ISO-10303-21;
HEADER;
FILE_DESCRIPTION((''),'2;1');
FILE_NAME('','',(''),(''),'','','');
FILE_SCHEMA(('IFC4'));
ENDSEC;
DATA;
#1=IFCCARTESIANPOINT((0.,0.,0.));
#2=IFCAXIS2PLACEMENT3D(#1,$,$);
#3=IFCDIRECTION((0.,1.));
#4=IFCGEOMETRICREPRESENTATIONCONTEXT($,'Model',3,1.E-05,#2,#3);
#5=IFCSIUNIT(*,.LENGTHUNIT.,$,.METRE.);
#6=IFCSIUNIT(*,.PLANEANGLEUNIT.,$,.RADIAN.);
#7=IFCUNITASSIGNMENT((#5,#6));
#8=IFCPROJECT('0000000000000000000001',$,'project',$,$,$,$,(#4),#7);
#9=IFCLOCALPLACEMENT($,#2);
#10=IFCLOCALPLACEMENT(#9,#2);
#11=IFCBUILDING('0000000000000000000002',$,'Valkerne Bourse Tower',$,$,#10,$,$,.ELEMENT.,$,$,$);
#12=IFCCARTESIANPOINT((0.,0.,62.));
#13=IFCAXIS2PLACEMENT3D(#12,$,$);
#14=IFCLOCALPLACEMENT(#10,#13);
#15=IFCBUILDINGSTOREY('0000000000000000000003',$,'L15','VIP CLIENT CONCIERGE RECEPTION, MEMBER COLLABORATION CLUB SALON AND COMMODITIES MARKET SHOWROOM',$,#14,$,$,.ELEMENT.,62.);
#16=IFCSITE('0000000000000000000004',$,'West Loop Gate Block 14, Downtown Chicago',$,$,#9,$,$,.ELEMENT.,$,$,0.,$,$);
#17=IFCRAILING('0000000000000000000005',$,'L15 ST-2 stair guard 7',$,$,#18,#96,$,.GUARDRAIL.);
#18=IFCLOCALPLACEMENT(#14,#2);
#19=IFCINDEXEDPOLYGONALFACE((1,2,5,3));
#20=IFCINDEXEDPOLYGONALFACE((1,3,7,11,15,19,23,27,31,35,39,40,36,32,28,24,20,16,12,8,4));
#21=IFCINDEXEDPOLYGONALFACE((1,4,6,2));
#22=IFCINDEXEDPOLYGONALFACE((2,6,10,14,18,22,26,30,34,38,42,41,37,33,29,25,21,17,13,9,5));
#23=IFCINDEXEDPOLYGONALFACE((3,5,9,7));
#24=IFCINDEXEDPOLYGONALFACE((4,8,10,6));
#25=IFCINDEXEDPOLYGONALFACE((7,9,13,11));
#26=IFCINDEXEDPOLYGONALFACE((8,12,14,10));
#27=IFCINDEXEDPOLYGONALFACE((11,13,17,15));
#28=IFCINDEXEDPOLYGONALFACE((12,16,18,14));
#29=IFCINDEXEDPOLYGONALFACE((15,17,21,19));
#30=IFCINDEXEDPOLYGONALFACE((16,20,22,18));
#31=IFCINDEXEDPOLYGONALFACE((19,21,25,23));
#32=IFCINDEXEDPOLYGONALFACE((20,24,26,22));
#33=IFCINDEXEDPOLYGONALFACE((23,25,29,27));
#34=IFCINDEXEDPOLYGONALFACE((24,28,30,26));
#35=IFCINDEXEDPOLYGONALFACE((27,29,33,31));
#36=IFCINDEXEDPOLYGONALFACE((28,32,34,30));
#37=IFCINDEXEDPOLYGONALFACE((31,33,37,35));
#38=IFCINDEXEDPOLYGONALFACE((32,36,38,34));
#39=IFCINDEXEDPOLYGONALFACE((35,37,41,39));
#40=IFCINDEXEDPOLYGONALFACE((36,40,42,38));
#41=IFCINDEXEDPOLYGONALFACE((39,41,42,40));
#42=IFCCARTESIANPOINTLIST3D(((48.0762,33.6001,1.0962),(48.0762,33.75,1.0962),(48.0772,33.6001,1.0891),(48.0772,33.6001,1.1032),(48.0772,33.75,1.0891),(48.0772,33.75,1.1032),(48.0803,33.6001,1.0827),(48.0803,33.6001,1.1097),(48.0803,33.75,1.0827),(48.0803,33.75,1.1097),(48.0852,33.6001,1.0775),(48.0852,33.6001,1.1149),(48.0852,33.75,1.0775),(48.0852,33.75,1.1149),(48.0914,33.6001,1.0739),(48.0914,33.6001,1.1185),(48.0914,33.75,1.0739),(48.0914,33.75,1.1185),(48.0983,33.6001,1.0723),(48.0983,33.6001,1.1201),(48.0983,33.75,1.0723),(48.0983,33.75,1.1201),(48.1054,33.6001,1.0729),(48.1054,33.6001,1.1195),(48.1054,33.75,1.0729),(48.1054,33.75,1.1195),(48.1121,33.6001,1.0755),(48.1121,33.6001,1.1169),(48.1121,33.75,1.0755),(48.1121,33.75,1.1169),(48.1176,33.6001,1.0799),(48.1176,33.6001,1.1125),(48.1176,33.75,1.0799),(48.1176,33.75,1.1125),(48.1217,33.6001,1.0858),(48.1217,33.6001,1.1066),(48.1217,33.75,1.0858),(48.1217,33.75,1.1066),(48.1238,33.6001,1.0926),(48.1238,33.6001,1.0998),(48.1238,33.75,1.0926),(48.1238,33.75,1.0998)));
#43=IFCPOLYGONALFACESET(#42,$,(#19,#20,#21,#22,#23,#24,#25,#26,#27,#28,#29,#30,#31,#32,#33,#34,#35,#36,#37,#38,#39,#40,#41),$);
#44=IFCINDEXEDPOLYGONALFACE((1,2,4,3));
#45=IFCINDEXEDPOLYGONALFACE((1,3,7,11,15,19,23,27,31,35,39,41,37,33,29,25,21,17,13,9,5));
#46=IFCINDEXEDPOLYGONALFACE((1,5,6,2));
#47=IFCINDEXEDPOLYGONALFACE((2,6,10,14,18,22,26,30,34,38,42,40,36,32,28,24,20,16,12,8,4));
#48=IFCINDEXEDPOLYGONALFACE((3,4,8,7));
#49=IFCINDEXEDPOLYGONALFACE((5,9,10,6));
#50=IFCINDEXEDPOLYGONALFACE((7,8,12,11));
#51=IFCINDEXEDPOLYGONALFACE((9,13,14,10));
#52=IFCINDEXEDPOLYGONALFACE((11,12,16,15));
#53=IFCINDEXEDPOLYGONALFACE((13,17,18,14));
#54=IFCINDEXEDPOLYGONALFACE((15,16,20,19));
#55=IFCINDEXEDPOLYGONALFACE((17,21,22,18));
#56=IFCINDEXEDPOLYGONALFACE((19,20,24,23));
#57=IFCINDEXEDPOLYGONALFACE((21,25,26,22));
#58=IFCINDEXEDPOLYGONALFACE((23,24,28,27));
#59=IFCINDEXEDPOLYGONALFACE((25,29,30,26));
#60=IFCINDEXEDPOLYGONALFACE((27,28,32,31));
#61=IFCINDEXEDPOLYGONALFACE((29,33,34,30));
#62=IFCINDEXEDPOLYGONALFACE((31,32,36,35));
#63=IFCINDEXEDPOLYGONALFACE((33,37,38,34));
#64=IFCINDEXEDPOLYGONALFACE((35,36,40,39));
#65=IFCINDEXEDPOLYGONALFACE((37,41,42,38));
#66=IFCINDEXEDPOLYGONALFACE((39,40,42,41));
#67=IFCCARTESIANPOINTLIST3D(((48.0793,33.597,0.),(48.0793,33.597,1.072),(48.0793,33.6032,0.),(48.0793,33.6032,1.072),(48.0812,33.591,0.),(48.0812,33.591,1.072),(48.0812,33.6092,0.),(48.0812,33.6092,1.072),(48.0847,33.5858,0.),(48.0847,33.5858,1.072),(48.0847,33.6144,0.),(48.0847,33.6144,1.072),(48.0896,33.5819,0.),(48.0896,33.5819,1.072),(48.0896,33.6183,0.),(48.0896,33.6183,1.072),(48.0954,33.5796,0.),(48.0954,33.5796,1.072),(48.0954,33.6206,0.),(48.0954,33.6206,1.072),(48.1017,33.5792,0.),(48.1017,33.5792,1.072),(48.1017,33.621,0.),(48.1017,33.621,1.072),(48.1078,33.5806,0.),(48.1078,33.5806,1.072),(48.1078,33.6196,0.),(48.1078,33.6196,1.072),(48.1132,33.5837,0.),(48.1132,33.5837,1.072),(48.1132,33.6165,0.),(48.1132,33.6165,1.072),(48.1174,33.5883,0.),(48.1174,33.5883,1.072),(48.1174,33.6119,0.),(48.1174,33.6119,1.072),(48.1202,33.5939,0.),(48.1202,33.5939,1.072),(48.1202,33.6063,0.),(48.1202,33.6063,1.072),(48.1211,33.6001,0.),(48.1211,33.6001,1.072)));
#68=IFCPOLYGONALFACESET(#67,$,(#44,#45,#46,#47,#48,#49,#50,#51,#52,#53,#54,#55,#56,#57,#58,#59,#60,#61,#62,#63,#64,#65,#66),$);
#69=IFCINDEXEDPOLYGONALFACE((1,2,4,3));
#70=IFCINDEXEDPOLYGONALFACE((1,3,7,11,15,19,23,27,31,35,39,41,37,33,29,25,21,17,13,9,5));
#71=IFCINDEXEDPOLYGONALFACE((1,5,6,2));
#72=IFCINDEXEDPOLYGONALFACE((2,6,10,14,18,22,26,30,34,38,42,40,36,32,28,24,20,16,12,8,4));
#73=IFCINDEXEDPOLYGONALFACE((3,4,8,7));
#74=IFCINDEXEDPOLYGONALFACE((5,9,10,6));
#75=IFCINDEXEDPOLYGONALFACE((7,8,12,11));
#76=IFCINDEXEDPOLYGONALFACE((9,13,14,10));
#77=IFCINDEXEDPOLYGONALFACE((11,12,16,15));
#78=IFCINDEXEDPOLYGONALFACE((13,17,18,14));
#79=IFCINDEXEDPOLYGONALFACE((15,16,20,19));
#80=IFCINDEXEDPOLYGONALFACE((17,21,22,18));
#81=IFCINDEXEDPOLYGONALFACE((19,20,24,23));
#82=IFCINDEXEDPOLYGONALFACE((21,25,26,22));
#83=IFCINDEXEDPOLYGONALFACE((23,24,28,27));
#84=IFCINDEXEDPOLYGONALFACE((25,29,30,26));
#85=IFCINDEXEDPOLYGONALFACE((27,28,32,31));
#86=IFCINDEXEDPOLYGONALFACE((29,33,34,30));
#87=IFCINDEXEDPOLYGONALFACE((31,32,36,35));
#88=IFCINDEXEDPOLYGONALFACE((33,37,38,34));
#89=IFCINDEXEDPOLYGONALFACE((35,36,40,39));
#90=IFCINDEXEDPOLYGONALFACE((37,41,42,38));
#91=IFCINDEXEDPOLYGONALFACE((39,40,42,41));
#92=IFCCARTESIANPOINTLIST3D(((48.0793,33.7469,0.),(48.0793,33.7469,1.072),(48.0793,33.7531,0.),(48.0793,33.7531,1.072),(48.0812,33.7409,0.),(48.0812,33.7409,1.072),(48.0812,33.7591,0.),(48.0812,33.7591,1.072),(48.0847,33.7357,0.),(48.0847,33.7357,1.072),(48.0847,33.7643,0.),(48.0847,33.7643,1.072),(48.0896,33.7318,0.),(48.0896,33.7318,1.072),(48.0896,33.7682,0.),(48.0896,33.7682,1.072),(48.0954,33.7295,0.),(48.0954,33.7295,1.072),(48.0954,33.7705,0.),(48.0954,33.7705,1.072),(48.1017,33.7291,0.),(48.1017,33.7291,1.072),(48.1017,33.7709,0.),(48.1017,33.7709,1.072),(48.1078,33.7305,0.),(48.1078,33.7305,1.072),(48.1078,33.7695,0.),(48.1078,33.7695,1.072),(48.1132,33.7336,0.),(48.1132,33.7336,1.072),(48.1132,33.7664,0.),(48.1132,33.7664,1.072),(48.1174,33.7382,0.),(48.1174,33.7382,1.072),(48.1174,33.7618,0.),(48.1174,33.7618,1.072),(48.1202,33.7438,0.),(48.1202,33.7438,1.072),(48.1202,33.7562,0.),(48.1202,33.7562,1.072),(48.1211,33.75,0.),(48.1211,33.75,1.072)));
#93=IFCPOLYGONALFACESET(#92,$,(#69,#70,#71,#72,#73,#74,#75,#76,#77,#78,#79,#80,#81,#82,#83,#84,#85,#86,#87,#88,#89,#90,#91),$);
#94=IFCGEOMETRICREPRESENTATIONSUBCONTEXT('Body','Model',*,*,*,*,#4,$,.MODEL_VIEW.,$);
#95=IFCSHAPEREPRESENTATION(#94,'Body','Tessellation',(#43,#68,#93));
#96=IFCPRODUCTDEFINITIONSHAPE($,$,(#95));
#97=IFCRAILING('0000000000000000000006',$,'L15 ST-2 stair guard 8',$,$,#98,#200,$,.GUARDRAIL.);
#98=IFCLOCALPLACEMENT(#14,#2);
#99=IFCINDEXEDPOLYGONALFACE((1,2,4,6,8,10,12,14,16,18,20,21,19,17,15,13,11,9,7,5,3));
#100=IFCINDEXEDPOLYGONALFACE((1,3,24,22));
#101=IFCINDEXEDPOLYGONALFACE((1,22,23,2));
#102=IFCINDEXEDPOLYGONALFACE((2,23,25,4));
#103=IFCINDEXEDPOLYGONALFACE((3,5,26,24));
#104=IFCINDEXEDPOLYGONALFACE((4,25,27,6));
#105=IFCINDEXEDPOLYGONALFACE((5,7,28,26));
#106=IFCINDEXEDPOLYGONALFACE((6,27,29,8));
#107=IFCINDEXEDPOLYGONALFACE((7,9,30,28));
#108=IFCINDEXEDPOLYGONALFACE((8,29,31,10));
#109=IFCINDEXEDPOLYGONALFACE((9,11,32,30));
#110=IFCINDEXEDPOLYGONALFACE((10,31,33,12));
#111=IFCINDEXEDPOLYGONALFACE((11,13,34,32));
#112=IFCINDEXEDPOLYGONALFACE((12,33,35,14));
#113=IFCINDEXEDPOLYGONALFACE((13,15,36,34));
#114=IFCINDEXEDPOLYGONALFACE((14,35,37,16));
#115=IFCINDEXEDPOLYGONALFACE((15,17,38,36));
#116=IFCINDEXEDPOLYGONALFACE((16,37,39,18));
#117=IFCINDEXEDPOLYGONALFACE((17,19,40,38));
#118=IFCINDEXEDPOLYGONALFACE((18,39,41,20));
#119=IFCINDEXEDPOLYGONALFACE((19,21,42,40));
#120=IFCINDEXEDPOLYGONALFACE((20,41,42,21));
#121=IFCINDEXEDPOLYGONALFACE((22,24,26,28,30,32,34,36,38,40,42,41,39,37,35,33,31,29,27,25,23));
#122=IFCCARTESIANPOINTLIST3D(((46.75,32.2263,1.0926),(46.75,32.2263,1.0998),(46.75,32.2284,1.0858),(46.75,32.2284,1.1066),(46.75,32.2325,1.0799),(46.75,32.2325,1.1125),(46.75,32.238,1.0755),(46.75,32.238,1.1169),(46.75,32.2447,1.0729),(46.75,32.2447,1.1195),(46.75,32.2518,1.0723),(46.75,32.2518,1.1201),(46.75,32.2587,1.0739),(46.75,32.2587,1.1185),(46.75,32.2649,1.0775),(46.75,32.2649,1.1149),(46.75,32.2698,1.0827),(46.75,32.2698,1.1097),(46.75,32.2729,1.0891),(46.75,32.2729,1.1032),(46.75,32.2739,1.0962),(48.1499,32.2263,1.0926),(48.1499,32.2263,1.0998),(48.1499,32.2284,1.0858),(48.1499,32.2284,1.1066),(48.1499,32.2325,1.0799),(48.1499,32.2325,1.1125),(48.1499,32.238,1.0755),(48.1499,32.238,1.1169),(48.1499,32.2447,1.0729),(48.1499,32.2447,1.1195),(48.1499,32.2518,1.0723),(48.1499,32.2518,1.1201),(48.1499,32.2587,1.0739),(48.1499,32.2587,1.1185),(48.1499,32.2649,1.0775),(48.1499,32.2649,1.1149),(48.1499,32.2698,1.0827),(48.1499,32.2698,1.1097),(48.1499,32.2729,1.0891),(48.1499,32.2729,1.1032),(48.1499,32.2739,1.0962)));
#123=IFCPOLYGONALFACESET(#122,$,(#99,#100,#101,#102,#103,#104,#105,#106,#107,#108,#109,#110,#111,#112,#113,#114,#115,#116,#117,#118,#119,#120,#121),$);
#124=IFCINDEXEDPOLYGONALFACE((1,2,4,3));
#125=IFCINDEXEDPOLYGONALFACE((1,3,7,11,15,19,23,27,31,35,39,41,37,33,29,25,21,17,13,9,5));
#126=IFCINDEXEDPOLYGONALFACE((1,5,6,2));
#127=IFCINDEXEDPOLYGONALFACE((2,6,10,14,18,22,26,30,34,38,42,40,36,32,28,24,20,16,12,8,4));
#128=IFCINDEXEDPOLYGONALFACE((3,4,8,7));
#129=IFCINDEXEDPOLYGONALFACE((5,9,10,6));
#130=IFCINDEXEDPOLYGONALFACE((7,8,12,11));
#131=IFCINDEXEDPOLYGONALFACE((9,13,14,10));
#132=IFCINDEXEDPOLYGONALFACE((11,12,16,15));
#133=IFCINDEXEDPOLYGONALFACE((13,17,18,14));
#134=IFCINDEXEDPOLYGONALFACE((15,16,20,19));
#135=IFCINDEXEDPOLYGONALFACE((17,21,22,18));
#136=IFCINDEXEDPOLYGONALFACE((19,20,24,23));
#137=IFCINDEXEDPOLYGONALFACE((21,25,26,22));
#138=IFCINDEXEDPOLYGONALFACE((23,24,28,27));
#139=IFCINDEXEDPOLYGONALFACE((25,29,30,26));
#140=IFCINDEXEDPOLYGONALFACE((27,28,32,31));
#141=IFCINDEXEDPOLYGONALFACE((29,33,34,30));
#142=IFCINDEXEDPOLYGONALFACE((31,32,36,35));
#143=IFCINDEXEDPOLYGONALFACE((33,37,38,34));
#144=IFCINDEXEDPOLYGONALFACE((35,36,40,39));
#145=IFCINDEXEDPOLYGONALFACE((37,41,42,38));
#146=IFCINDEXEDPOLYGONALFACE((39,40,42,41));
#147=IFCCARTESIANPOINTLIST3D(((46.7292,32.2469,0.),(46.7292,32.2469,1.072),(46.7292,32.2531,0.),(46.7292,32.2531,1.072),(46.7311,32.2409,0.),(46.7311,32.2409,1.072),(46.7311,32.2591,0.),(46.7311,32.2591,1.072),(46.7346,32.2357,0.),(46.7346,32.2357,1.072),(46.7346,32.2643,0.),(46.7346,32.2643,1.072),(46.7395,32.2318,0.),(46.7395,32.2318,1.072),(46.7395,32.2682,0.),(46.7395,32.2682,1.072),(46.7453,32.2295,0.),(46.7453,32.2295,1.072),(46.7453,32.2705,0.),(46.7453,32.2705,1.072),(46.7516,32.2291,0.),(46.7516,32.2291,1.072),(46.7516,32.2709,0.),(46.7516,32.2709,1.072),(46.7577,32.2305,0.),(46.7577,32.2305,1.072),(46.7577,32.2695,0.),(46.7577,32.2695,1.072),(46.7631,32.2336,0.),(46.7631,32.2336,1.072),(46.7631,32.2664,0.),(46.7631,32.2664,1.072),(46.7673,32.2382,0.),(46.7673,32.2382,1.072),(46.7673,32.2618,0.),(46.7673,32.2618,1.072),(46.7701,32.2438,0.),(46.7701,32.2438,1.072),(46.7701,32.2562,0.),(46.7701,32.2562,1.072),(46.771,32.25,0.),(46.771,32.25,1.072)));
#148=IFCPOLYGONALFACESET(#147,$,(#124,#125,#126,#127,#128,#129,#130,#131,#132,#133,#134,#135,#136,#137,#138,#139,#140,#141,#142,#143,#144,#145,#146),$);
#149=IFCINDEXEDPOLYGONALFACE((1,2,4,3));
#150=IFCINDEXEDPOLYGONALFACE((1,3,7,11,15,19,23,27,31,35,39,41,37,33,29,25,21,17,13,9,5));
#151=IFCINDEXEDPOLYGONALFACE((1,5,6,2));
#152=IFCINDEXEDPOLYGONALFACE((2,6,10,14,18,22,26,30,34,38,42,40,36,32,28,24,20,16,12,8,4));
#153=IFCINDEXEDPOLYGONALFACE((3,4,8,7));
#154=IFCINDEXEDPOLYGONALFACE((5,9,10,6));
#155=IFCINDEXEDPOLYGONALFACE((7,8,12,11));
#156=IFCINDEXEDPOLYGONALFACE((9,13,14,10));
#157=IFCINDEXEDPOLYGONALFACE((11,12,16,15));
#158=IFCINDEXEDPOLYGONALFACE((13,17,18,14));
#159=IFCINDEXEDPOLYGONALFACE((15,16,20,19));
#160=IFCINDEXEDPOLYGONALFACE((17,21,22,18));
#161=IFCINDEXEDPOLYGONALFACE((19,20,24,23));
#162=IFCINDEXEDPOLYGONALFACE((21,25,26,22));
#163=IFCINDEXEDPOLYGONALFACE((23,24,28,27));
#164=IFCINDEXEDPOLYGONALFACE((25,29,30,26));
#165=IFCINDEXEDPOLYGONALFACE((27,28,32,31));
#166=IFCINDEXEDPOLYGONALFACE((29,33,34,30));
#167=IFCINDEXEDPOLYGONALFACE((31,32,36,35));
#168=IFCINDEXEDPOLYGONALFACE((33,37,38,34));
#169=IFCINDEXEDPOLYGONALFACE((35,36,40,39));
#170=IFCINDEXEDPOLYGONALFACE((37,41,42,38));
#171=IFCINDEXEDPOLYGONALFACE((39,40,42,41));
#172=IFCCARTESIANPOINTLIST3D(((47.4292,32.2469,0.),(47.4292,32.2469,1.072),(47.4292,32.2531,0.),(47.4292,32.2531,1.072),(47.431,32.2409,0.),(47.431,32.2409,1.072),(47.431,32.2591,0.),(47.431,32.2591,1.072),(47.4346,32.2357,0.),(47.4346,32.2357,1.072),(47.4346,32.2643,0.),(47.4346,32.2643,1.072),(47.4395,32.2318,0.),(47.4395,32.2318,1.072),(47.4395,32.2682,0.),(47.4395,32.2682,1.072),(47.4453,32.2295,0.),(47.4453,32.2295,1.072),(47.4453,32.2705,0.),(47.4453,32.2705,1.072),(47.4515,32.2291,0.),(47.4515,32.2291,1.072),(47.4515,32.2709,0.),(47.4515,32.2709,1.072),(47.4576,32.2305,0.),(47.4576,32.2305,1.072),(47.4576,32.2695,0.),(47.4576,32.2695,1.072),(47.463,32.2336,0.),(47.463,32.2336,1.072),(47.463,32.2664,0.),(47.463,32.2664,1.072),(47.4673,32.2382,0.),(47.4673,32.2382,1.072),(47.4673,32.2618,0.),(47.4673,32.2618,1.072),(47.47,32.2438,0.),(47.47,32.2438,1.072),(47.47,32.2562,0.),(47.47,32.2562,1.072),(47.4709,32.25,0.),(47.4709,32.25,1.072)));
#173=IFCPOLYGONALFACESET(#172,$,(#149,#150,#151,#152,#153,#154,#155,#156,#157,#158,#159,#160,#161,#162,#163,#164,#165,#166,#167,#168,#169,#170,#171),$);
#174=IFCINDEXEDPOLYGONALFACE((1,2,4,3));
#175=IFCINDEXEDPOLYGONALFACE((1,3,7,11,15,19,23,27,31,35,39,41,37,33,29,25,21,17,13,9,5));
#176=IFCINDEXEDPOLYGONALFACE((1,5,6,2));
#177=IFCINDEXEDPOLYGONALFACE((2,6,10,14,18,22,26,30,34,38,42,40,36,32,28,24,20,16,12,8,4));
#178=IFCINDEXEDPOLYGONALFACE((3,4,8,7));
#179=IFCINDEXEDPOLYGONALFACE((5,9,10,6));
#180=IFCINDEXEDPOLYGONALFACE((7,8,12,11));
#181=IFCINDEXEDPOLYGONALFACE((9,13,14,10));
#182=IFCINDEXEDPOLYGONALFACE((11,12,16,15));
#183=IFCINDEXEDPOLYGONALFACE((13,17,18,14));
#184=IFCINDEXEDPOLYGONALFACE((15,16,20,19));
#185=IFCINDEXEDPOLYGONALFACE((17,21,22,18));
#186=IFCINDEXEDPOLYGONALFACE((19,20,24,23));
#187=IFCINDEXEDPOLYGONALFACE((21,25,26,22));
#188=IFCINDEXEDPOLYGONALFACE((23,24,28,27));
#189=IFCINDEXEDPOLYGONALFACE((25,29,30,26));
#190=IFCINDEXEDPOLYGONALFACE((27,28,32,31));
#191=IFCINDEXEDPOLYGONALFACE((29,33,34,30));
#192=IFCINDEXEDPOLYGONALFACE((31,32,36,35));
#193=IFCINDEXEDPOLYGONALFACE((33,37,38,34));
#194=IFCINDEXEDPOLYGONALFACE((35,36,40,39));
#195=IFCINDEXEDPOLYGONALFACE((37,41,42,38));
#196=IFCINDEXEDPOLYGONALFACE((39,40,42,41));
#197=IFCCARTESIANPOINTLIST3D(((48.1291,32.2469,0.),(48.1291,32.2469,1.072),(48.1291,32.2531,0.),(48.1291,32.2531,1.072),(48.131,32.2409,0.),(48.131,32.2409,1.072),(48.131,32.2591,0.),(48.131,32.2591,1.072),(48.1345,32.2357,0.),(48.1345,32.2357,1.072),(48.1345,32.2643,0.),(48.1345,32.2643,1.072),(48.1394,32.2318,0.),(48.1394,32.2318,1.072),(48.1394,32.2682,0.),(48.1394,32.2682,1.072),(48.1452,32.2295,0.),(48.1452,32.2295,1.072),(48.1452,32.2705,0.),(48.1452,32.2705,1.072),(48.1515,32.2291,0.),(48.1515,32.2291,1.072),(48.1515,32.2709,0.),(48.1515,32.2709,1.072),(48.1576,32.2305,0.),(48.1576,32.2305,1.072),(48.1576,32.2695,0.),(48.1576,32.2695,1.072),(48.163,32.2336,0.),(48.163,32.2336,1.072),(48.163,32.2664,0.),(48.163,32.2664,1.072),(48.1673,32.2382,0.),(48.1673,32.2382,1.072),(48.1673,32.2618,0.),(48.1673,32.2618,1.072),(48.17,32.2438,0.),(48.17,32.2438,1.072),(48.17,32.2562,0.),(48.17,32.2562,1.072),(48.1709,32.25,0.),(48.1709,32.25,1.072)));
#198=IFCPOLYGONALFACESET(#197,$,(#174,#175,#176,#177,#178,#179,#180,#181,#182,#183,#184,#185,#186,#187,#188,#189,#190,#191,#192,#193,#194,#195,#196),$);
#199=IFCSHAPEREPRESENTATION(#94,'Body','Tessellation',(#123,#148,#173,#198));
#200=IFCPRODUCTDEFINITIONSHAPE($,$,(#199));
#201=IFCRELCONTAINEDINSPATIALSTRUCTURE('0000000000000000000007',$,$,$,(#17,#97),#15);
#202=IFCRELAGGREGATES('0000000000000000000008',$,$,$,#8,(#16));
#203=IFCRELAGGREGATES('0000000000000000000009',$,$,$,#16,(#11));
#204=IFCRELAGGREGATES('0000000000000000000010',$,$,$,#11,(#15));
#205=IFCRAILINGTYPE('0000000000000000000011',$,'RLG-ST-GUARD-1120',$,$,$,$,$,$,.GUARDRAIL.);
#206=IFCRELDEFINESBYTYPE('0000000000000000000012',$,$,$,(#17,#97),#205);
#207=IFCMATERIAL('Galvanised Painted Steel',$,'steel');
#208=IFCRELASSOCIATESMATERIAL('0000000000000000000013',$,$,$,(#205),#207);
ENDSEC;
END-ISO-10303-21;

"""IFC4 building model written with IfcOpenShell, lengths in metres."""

from ifc_helpers import new_model, si_unit, direction, frame, origin, origin_2d, place, context, subcontext, project, spatial, circle, extrude, material, type_object, element, save


model = new_model("IFC4")

# Units and contexts
model_context = context("Model", 3, precision=1e-05, world=origin(), true_north=direction((0.0, 1.0)))
body_context = subcontext(model_context, "Body", "Model", "MODEL_VIEW")
ifc_project = project(units=[si_unit("LENGTHUNIT", "METRE"), si_unit("PLANEANGLEUNIT", "RADIAN")], contexts=[model_context])

# Site, building, storey
site_placement = place(None, origin())
site = spatial("IfcSite", under=ifc_project, at=site_placement, Name="West Loop Gate Block 14, Downtown Chicago", CompositionType="ELEMENT", RefElevation=0.0)
building_placement = place(site_placement, origin())
building = spatial("IfcBuilding", under=site, at=building_placement, Name="Valkerne Bourse Tower", CompositionType="ELEMENT")
storey_placement = place(building_placement, frame((0.0, 0.0, 62.0)))
storey = spatial("IfcBuildingStorey", under=building, at=storey_placement, Name="L15", Description="VIP CLIENT CONCIERGE RECEPTION, MEMBER COLLABORATION CLUB SALON AND COMMODITIES MARKET SHOWROOM", CompositionType="ELEMENT", Elevation=62.0)

# Shared definitions
ifc_material_1 = material(Name="Galvanised Painted Steel", Category="steel")

# Railings
railing_type_1 = type_object("IfcRailingType", Name="RLG-ST-GUARD-1120", PredefinedType="GUARDRAIL", material=ifc_material_1)
railing_1_placement = place(storey_placement, frame((48.1001, 33.6001, 0.0)))
element("IfcRailing", 1, at=railing_1_placement, inside=storey, type_object=railing_type_1, Name="L15 ST-2 stair guard 7", PredefinedType="GUARDRAIL", context=body_context, shape_type="SweptSolid", body=[
    extrude(circle(Radius=0.0239, at=origin_2d()), frame((0.0, 0.0, 1.0962), z_axis=(0.0, 1.0, 0.0), x_axis=(-1.0, 0.0, 0.0)), (0.0, 0.0, 1.0), 0.1499),
    extrude(circle(Radius=0.021, at=origin_2d()), origin(), (0.0, 0.0, 1.0), 1.072),
    extrude(circle(Radius=0.021, at=origin_2d()), frame((0.0, 0.1499, 0.0)), (0.0, 0.0, 1.0), 1.072),
])
for number, where, name in (
    (2, (46.75, 32.25, 0.0), "L15 ST-2 stair guard 8"),
):
    element("IfcRailing", number, at=place(storey_placement, frame(where)), inside=storey, type_object=railing_type_1, Name=name, PredefinedType="GUARDRAIL", context=body_context, shape_type="SweptSolid", body=[
        extrude(circle(Radius=0.0239, at=origin_2d()), frame((0.0, 0.0, 1.0962), z_axis=(1.0, 0.0, 0.0), x_axis=(0.0, 1.0, 0.0)), (0.0, 0.0, 1.0), 1.3999),
        extrude(circle(Radius=0.021, at=origin_2d()), origin(), (0.0, 0.0, 1.0), 1.072),
        extrude(circle(Radius=0.021, at=origin_2d()), frame((0.7, 0.0, 0.0)), (0.0, 0.0, 1.0), 1.072),
        extrude(circle(Radius=0.021, at=origin_2d()), frame((1.3999, 0.0, 0.0)), (0.0, 0.0, 1.0), 1.072),
    ])

save(model, "model.ifc")
